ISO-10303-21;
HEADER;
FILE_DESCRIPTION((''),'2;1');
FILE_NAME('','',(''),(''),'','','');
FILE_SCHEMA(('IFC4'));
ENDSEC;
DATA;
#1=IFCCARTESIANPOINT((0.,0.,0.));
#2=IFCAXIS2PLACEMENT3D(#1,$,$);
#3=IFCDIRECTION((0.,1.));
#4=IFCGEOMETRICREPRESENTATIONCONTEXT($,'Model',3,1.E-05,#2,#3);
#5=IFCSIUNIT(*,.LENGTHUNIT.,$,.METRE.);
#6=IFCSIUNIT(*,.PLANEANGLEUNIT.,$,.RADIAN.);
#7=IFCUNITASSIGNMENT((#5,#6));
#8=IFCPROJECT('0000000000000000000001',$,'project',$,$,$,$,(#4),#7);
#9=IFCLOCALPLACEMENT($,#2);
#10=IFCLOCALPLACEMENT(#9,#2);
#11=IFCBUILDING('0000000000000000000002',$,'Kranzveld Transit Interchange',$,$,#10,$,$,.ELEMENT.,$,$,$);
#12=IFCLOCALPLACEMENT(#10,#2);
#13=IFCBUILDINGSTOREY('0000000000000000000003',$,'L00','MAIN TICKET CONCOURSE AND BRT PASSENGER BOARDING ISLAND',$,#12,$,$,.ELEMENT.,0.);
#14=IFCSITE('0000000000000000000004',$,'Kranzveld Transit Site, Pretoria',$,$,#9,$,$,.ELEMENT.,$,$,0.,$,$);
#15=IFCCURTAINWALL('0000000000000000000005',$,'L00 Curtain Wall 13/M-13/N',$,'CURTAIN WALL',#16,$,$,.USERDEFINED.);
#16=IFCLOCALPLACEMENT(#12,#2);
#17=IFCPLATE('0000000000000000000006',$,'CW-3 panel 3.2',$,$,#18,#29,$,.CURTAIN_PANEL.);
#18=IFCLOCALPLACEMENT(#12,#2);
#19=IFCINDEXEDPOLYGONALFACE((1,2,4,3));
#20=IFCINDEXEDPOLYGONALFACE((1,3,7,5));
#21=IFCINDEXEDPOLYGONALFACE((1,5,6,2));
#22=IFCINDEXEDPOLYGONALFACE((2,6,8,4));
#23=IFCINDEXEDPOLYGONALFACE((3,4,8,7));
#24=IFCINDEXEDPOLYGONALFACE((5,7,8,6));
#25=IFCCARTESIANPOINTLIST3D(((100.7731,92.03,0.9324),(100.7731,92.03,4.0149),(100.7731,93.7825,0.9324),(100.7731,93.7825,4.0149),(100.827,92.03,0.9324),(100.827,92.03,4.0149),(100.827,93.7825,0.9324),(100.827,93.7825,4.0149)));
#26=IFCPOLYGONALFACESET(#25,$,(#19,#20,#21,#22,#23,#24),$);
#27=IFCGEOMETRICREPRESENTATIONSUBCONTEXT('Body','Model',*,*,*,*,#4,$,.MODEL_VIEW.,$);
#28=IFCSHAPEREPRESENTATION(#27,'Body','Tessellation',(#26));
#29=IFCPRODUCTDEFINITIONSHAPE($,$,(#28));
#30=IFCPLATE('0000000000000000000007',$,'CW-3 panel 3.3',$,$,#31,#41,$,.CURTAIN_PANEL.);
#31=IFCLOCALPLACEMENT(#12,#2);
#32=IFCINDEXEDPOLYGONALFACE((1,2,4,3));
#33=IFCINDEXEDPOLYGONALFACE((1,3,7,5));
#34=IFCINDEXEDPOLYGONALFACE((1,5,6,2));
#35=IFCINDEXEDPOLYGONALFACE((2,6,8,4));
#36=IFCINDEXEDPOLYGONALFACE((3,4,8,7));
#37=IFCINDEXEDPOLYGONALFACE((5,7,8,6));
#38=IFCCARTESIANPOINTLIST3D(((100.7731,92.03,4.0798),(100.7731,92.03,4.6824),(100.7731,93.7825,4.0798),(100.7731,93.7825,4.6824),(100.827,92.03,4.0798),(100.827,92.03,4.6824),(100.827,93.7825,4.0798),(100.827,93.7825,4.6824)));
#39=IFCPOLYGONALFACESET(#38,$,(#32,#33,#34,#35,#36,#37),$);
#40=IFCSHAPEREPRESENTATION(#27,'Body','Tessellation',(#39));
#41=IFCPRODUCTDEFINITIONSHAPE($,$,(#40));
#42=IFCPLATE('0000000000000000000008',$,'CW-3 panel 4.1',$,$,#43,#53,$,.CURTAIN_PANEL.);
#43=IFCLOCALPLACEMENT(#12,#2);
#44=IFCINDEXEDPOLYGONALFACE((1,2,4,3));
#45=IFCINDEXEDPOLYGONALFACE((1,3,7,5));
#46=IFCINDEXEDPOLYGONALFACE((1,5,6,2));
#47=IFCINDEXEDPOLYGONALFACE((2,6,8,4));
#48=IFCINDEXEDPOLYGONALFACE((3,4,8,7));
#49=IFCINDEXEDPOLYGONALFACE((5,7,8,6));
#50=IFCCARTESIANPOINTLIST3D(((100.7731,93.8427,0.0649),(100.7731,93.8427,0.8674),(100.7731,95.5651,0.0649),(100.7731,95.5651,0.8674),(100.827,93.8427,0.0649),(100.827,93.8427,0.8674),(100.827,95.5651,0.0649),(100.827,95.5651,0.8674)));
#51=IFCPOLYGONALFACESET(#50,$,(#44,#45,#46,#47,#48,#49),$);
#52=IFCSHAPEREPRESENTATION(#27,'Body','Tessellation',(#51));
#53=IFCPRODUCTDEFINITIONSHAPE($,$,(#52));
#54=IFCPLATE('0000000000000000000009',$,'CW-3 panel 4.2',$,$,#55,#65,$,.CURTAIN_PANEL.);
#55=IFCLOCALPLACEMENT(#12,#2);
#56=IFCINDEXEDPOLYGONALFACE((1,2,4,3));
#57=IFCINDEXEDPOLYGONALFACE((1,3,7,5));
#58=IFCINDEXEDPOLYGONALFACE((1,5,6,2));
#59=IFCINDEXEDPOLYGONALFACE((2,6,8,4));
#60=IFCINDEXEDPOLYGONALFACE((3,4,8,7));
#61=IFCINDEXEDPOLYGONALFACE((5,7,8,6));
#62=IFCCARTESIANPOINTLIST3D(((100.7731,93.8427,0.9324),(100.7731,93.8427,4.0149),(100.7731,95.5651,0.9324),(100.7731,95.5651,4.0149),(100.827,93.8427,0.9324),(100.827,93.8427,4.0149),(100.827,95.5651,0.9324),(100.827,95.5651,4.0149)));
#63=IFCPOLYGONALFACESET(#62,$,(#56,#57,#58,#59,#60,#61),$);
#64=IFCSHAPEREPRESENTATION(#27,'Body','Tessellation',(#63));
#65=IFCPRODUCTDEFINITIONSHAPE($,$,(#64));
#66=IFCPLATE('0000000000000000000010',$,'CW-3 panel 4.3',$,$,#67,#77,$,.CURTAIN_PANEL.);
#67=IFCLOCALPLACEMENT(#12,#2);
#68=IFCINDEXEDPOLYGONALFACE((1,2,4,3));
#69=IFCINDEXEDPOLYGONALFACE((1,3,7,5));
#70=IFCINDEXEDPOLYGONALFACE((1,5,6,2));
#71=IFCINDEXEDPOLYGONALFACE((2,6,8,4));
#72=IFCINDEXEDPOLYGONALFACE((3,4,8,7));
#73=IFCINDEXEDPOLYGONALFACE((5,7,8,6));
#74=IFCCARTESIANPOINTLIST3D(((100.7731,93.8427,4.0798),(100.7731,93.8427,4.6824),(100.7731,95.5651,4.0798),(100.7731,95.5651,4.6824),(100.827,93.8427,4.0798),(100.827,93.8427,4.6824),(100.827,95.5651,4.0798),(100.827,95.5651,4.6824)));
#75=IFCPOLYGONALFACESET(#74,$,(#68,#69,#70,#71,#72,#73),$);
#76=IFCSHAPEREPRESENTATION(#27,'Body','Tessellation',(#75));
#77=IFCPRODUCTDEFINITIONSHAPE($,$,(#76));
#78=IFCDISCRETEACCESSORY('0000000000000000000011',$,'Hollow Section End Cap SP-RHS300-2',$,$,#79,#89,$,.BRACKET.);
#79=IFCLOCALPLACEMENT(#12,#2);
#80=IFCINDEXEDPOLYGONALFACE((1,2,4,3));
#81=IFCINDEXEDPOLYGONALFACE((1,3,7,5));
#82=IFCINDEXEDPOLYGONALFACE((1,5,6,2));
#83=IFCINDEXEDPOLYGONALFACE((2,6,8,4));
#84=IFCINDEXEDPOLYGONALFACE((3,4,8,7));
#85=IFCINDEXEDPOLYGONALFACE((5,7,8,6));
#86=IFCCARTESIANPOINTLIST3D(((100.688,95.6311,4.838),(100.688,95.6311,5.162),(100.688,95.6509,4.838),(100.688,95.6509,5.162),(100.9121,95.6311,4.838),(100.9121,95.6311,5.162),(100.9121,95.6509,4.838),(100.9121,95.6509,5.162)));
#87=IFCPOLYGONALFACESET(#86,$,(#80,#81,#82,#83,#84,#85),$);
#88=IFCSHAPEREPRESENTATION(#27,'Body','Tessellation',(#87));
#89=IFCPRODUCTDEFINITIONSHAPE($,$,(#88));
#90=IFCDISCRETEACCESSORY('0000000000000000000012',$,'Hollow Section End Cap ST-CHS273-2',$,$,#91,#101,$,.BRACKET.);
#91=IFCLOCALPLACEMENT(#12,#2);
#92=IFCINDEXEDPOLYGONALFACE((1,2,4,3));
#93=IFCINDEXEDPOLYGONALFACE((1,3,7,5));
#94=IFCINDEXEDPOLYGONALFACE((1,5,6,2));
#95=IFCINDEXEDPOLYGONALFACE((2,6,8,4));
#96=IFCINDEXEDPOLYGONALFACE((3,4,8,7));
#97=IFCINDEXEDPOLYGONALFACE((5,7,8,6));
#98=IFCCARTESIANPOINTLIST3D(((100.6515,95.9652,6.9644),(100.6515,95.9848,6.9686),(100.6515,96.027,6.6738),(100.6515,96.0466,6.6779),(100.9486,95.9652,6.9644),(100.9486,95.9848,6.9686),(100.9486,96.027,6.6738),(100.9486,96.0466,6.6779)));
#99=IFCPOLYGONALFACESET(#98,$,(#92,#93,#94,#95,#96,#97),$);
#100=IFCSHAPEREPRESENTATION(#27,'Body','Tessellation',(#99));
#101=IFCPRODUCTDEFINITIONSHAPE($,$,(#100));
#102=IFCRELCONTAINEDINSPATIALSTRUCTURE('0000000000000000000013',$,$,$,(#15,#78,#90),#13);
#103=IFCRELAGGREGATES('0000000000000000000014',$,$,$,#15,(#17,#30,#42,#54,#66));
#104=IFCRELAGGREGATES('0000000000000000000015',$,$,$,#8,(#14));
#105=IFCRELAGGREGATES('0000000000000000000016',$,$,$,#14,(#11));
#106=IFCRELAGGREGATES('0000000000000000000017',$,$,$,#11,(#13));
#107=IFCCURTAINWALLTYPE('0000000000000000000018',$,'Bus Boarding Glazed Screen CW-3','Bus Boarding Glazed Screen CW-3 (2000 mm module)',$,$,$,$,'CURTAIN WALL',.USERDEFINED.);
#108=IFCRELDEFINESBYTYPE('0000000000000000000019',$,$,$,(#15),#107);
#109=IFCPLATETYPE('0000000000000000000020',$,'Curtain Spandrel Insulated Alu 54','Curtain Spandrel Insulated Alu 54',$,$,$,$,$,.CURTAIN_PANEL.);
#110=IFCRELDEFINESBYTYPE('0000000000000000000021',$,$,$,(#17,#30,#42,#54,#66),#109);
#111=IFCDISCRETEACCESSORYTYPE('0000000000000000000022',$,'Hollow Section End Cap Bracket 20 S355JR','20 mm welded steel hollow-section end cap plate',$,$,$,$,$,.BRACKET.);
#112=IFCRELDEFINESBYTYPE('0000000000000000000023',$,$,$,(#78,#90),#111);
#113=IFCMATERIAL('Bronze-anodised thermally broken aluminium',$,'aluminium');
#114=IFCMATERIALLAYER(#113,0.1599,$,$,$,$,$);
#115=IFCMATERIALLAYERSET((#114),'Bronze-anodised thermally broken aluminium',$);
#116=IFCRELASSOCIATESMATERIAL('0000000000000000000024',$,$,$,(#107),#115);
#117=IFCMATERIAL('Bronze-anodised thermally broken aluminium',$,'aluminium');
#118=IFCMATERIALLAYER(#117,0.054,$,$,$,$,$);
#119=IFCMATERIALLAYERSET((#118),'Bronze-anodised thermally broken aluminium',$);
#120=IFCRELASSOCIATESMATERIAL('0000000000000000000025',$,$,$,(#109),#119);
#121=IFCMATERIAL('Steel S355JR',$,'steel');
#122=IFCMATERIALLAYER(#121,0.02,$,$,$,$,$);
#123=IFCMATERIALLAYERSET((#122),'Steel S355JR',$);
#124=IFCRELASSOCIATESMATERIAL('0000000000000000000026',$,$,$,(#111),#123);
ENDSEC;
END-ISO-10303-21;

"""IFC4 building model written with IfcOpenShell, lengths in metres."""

from ifc_helpers import new_model, si_unit, direction, frame, origin, origin_2d, place, context, subcontext, project, spatial, rectangle, extrude, material, layer, layer_set, type_object, element, aggregate, save


model = new_model("IFC4")

# Units and contexts
model_context = context("Model", 3, precision=1e-05, world=origin(), true_north=direction((0.0, 1.0)))
body_context = subcontext(model_context, "Body", "Model", "MODEL_VIEW")
ifc_project = project(units=[si_unit("LENGTHUNIT", "METRE"), si_unit("PLANEANGLEUNIT", "RADIAN")], contexts=[model_context])

# Site, building, storey
site_placement = place(None, origin())
site = spatial("IfcSite", under=ifc_project, at=site_placement, Name="Kranzveld Transit Site, Pretoria", CompositionType="ELEMENT", RefElevation=0.0)
building_placement = place(site_placement, origin())
building = spatial("IfcBuilding", under=site, at=building_placement, Name="Kranzveld Transit Interchange", CompositionType="ELEMENT")
storey_placement = place(building_placement, origin())
storey = spatial("IfcBuildingStorey", under=building, at=storey_placement, Name="L00", Description="MAIN TICKET CONCOURSE AND BRT PASSENGER BOARDING ISLAND", CompositionType="ELEMENT", Elevation=0.0)

# Curtain wall
ifc_material_1 = material(Name="Bronze-anodised thermally broken aluminium", Category="aluminium")
ifc_layer_1 = layer(ifc_material_1, 0.1599)
ifc_layer_set_1 = layer_set([ifc_layer_1], Name="Bronze-anodised thermally broken aluminium")
curtain_wall_type = type_object("IfcCurtainWallType", Name="Bus Boarding Glazed Screen CW-3", Description="Bus Boarding Glazed Screen CW-3 (2000 mm module)", ElementType="CURTAIN WALL", PredefinedType="USERDEFINED", material=ifc_layer_set_1)
curtain_wall_placement = place(storey_placement, origin())
curtain_wall = element("IfcCurtainWall", 1, at=curtain_wall_placement, inside=storey, type_object=curtain_wall_type, Name="L00 Curtain Wall 13/M-13/N", ObjectType="CURTAIN WALL", PredefinedType="USERDEFINED")

# Plates
ifc_material_2 = material(Name="Bronze-anodised thermally broken aluminium", Category="aluminium")
ifc_layer_2 = layer(ifc_material_2, 0.054)
ifc_layer_set_2 = layer_set([ifc_layer_2], Name="Bronze-anodised thermally broken aluminium")
plate_type = type_object("IfcPlateType", Name="Curtain Spandrel Insulated Alu 54", Description="Curtain Spandrel Insulated Alu 54", PredefinedType="CURTAIN_PANEL", material=ifc_layer_set_2)
plate_1_placement = place(storey_placement, frame((100.8, 92.9062, 0.9324), z_axis=(0.0, 0.0, 1.0), x_axis=(0.0, 1.0, 0.0)))
plate_1 = element("IfcPlate", 2, at=plate_1_placement, type_object=plate_type, Name="CW-3 panel 3.2", PredefinedType="CURTAIN_PANEL", context=body_context, shape_type="SweptSolid", body=[
    extrude(rectangle(XDim=1.7524, YDim=0.054, at=origin_2d()), origin(), (0.0, 0.0, 1.0), 3.0825),
])
plate_2_placement = place(storey_placement, frame((100.8, 92.9062, 4.0798), z_axis=(0.0, 0.0, 1.0), x_axis=(0.0, 1.0, 0.0)))
plate_2 = element("IfcPlate", 3, at=plate_2_placement, type_object=plate_type, Name="CW-3 panel 3.3", PredefinedType="CURTAIN_PANEL", context=body_context, shape_type="SweptSolid", body=[
    extrude(rectangle(XDim=1.7524, YDim=0.054, at=origin_2d()), origin(), (0.0, 0.0, 1.0), 0.6025),
])
plate_3_placement = place(storey_placement, frame((100.8, 94.7039, 0.0649), z_axis=(0.0, 0.0, 1.0), x_axis=(0.0, 1.0, 0.0)))
plate_3 = element("IfcPlate", 4, at=plate_3_placement, type_object=plate_type, Name="CW-3 panel 4.1", PredefinedType="CURTAIN_PANEL", context=body_context, shape_type="SweptSolid", body=[
    extrude(rectangle(XDim=1.7224, YDim=0.054, at=origin_2d()), origin(), (0.0, 0.0, 1.0), 0.8025),
])
plate_4_placement = place(storey_placement, frame((100.8, 94.7039, 0.9324), z_axis=(0.0, 0.0, 1.0), x_axis=(0.0, 1.0, 0.0)))
plate_4 = element("IfcPlate", 5, at=plate_4_placement, type_object=plate_type, Name="CW-3 panel 4.2", PredefinedType="CURTAIN_PANEL", context=body_context, shape_type="SweptSolid", body=[
    extrude(rectangle(XDim=1.7224, YDim=0.054, at=origin_2d()), origin(), (0.0, 0.0, 1.0), 3.0825),
])
plate_5_placement = place(storey_placement, frame((100.8, 94.7039, 4.0798), z_axis=(0.0, 0.0, 1.0), x_axis=(0.0, 1.0, 0.0)))
plate_5 = element("IfcPlate", 6, at=plate_5_placement, type_object=plate_type, Name="CW-3 panel 4.3", PredefinedType="CURTAIN_PANEL", context=body_context, shape_type="SweptSolid", body=[
    extrude(rectangle(XDim=1.7224, YDim=0.054, at=origin_2d()), origin(), (0.0, 0.0, 1.0), 0.6025),
])
aggregate(curtain_wall, [plate_1, plate_2, plate_3, plate_4, plate_5])

# Discrete accessories
ifc_material_3 = material(Name="Steel S355JR", Category="steel")
ifc_layer_3 = layer(ifc_material_3, 0.02)
ifc_layer_set_3 = layer_set([ifc_layer_3], Name="Steel S355JR")
discrete_accessory_type = type_object("IfcDiscreteAccessoryType", Name="Hollow Section End Cap Bracket 20 S355JR", Description="20 mm welded steel hollow-section end cap plate", PredefinedType="BRACKET", material=ifc_layer_set_3)
discrete_accessory_1_placement = place(storey_placement, frame((100.8, 95.6311, 5.0), z_axis=(0.0, 1.0, 0.0), x_axis=(-1.0, 0.0, 0.0)))
element("IfcDiscreteAccessory", 7, at=discrete_accessory_1_placement, inside=storey, type_object=discrete_accessory_type, Name="Hollow Section End Cap SP-RHS300-2", PredefinedType="BRACKET", context=body_context, shape_type="SweptSolid", body=[
    extrude(rectangle(XDim=0.2241, YDim=0.324, at=origin_2d()), origin(), (0.0, 0.0, 1.0), 0.0198),
])
discrete_accessory_2_placement = place(storey_placement, frame((100.8, 95.9961, 6.8191), z_axis=(0.0, 0.978159, 0.207859), x_axis=(-1.0, 0.0, 0.0)))
element("IfcDiscreteAccessory", 8, at=discrete_accessory_2_placement, inside=storey, type_object=discrete_accessory_type, Name="Hollow Section End Cap ST-CHS273-2", PredefinedType="BRACKET", context=body_context, shape_type="SweptSolid", body=[
    extrude(rectangle(XDim=0.2971, YDim=0.2971, at=origin_2d()), origin(), (0.0, 0.0, 1.0), 0.02),
])

save(model, "model.ifc")
